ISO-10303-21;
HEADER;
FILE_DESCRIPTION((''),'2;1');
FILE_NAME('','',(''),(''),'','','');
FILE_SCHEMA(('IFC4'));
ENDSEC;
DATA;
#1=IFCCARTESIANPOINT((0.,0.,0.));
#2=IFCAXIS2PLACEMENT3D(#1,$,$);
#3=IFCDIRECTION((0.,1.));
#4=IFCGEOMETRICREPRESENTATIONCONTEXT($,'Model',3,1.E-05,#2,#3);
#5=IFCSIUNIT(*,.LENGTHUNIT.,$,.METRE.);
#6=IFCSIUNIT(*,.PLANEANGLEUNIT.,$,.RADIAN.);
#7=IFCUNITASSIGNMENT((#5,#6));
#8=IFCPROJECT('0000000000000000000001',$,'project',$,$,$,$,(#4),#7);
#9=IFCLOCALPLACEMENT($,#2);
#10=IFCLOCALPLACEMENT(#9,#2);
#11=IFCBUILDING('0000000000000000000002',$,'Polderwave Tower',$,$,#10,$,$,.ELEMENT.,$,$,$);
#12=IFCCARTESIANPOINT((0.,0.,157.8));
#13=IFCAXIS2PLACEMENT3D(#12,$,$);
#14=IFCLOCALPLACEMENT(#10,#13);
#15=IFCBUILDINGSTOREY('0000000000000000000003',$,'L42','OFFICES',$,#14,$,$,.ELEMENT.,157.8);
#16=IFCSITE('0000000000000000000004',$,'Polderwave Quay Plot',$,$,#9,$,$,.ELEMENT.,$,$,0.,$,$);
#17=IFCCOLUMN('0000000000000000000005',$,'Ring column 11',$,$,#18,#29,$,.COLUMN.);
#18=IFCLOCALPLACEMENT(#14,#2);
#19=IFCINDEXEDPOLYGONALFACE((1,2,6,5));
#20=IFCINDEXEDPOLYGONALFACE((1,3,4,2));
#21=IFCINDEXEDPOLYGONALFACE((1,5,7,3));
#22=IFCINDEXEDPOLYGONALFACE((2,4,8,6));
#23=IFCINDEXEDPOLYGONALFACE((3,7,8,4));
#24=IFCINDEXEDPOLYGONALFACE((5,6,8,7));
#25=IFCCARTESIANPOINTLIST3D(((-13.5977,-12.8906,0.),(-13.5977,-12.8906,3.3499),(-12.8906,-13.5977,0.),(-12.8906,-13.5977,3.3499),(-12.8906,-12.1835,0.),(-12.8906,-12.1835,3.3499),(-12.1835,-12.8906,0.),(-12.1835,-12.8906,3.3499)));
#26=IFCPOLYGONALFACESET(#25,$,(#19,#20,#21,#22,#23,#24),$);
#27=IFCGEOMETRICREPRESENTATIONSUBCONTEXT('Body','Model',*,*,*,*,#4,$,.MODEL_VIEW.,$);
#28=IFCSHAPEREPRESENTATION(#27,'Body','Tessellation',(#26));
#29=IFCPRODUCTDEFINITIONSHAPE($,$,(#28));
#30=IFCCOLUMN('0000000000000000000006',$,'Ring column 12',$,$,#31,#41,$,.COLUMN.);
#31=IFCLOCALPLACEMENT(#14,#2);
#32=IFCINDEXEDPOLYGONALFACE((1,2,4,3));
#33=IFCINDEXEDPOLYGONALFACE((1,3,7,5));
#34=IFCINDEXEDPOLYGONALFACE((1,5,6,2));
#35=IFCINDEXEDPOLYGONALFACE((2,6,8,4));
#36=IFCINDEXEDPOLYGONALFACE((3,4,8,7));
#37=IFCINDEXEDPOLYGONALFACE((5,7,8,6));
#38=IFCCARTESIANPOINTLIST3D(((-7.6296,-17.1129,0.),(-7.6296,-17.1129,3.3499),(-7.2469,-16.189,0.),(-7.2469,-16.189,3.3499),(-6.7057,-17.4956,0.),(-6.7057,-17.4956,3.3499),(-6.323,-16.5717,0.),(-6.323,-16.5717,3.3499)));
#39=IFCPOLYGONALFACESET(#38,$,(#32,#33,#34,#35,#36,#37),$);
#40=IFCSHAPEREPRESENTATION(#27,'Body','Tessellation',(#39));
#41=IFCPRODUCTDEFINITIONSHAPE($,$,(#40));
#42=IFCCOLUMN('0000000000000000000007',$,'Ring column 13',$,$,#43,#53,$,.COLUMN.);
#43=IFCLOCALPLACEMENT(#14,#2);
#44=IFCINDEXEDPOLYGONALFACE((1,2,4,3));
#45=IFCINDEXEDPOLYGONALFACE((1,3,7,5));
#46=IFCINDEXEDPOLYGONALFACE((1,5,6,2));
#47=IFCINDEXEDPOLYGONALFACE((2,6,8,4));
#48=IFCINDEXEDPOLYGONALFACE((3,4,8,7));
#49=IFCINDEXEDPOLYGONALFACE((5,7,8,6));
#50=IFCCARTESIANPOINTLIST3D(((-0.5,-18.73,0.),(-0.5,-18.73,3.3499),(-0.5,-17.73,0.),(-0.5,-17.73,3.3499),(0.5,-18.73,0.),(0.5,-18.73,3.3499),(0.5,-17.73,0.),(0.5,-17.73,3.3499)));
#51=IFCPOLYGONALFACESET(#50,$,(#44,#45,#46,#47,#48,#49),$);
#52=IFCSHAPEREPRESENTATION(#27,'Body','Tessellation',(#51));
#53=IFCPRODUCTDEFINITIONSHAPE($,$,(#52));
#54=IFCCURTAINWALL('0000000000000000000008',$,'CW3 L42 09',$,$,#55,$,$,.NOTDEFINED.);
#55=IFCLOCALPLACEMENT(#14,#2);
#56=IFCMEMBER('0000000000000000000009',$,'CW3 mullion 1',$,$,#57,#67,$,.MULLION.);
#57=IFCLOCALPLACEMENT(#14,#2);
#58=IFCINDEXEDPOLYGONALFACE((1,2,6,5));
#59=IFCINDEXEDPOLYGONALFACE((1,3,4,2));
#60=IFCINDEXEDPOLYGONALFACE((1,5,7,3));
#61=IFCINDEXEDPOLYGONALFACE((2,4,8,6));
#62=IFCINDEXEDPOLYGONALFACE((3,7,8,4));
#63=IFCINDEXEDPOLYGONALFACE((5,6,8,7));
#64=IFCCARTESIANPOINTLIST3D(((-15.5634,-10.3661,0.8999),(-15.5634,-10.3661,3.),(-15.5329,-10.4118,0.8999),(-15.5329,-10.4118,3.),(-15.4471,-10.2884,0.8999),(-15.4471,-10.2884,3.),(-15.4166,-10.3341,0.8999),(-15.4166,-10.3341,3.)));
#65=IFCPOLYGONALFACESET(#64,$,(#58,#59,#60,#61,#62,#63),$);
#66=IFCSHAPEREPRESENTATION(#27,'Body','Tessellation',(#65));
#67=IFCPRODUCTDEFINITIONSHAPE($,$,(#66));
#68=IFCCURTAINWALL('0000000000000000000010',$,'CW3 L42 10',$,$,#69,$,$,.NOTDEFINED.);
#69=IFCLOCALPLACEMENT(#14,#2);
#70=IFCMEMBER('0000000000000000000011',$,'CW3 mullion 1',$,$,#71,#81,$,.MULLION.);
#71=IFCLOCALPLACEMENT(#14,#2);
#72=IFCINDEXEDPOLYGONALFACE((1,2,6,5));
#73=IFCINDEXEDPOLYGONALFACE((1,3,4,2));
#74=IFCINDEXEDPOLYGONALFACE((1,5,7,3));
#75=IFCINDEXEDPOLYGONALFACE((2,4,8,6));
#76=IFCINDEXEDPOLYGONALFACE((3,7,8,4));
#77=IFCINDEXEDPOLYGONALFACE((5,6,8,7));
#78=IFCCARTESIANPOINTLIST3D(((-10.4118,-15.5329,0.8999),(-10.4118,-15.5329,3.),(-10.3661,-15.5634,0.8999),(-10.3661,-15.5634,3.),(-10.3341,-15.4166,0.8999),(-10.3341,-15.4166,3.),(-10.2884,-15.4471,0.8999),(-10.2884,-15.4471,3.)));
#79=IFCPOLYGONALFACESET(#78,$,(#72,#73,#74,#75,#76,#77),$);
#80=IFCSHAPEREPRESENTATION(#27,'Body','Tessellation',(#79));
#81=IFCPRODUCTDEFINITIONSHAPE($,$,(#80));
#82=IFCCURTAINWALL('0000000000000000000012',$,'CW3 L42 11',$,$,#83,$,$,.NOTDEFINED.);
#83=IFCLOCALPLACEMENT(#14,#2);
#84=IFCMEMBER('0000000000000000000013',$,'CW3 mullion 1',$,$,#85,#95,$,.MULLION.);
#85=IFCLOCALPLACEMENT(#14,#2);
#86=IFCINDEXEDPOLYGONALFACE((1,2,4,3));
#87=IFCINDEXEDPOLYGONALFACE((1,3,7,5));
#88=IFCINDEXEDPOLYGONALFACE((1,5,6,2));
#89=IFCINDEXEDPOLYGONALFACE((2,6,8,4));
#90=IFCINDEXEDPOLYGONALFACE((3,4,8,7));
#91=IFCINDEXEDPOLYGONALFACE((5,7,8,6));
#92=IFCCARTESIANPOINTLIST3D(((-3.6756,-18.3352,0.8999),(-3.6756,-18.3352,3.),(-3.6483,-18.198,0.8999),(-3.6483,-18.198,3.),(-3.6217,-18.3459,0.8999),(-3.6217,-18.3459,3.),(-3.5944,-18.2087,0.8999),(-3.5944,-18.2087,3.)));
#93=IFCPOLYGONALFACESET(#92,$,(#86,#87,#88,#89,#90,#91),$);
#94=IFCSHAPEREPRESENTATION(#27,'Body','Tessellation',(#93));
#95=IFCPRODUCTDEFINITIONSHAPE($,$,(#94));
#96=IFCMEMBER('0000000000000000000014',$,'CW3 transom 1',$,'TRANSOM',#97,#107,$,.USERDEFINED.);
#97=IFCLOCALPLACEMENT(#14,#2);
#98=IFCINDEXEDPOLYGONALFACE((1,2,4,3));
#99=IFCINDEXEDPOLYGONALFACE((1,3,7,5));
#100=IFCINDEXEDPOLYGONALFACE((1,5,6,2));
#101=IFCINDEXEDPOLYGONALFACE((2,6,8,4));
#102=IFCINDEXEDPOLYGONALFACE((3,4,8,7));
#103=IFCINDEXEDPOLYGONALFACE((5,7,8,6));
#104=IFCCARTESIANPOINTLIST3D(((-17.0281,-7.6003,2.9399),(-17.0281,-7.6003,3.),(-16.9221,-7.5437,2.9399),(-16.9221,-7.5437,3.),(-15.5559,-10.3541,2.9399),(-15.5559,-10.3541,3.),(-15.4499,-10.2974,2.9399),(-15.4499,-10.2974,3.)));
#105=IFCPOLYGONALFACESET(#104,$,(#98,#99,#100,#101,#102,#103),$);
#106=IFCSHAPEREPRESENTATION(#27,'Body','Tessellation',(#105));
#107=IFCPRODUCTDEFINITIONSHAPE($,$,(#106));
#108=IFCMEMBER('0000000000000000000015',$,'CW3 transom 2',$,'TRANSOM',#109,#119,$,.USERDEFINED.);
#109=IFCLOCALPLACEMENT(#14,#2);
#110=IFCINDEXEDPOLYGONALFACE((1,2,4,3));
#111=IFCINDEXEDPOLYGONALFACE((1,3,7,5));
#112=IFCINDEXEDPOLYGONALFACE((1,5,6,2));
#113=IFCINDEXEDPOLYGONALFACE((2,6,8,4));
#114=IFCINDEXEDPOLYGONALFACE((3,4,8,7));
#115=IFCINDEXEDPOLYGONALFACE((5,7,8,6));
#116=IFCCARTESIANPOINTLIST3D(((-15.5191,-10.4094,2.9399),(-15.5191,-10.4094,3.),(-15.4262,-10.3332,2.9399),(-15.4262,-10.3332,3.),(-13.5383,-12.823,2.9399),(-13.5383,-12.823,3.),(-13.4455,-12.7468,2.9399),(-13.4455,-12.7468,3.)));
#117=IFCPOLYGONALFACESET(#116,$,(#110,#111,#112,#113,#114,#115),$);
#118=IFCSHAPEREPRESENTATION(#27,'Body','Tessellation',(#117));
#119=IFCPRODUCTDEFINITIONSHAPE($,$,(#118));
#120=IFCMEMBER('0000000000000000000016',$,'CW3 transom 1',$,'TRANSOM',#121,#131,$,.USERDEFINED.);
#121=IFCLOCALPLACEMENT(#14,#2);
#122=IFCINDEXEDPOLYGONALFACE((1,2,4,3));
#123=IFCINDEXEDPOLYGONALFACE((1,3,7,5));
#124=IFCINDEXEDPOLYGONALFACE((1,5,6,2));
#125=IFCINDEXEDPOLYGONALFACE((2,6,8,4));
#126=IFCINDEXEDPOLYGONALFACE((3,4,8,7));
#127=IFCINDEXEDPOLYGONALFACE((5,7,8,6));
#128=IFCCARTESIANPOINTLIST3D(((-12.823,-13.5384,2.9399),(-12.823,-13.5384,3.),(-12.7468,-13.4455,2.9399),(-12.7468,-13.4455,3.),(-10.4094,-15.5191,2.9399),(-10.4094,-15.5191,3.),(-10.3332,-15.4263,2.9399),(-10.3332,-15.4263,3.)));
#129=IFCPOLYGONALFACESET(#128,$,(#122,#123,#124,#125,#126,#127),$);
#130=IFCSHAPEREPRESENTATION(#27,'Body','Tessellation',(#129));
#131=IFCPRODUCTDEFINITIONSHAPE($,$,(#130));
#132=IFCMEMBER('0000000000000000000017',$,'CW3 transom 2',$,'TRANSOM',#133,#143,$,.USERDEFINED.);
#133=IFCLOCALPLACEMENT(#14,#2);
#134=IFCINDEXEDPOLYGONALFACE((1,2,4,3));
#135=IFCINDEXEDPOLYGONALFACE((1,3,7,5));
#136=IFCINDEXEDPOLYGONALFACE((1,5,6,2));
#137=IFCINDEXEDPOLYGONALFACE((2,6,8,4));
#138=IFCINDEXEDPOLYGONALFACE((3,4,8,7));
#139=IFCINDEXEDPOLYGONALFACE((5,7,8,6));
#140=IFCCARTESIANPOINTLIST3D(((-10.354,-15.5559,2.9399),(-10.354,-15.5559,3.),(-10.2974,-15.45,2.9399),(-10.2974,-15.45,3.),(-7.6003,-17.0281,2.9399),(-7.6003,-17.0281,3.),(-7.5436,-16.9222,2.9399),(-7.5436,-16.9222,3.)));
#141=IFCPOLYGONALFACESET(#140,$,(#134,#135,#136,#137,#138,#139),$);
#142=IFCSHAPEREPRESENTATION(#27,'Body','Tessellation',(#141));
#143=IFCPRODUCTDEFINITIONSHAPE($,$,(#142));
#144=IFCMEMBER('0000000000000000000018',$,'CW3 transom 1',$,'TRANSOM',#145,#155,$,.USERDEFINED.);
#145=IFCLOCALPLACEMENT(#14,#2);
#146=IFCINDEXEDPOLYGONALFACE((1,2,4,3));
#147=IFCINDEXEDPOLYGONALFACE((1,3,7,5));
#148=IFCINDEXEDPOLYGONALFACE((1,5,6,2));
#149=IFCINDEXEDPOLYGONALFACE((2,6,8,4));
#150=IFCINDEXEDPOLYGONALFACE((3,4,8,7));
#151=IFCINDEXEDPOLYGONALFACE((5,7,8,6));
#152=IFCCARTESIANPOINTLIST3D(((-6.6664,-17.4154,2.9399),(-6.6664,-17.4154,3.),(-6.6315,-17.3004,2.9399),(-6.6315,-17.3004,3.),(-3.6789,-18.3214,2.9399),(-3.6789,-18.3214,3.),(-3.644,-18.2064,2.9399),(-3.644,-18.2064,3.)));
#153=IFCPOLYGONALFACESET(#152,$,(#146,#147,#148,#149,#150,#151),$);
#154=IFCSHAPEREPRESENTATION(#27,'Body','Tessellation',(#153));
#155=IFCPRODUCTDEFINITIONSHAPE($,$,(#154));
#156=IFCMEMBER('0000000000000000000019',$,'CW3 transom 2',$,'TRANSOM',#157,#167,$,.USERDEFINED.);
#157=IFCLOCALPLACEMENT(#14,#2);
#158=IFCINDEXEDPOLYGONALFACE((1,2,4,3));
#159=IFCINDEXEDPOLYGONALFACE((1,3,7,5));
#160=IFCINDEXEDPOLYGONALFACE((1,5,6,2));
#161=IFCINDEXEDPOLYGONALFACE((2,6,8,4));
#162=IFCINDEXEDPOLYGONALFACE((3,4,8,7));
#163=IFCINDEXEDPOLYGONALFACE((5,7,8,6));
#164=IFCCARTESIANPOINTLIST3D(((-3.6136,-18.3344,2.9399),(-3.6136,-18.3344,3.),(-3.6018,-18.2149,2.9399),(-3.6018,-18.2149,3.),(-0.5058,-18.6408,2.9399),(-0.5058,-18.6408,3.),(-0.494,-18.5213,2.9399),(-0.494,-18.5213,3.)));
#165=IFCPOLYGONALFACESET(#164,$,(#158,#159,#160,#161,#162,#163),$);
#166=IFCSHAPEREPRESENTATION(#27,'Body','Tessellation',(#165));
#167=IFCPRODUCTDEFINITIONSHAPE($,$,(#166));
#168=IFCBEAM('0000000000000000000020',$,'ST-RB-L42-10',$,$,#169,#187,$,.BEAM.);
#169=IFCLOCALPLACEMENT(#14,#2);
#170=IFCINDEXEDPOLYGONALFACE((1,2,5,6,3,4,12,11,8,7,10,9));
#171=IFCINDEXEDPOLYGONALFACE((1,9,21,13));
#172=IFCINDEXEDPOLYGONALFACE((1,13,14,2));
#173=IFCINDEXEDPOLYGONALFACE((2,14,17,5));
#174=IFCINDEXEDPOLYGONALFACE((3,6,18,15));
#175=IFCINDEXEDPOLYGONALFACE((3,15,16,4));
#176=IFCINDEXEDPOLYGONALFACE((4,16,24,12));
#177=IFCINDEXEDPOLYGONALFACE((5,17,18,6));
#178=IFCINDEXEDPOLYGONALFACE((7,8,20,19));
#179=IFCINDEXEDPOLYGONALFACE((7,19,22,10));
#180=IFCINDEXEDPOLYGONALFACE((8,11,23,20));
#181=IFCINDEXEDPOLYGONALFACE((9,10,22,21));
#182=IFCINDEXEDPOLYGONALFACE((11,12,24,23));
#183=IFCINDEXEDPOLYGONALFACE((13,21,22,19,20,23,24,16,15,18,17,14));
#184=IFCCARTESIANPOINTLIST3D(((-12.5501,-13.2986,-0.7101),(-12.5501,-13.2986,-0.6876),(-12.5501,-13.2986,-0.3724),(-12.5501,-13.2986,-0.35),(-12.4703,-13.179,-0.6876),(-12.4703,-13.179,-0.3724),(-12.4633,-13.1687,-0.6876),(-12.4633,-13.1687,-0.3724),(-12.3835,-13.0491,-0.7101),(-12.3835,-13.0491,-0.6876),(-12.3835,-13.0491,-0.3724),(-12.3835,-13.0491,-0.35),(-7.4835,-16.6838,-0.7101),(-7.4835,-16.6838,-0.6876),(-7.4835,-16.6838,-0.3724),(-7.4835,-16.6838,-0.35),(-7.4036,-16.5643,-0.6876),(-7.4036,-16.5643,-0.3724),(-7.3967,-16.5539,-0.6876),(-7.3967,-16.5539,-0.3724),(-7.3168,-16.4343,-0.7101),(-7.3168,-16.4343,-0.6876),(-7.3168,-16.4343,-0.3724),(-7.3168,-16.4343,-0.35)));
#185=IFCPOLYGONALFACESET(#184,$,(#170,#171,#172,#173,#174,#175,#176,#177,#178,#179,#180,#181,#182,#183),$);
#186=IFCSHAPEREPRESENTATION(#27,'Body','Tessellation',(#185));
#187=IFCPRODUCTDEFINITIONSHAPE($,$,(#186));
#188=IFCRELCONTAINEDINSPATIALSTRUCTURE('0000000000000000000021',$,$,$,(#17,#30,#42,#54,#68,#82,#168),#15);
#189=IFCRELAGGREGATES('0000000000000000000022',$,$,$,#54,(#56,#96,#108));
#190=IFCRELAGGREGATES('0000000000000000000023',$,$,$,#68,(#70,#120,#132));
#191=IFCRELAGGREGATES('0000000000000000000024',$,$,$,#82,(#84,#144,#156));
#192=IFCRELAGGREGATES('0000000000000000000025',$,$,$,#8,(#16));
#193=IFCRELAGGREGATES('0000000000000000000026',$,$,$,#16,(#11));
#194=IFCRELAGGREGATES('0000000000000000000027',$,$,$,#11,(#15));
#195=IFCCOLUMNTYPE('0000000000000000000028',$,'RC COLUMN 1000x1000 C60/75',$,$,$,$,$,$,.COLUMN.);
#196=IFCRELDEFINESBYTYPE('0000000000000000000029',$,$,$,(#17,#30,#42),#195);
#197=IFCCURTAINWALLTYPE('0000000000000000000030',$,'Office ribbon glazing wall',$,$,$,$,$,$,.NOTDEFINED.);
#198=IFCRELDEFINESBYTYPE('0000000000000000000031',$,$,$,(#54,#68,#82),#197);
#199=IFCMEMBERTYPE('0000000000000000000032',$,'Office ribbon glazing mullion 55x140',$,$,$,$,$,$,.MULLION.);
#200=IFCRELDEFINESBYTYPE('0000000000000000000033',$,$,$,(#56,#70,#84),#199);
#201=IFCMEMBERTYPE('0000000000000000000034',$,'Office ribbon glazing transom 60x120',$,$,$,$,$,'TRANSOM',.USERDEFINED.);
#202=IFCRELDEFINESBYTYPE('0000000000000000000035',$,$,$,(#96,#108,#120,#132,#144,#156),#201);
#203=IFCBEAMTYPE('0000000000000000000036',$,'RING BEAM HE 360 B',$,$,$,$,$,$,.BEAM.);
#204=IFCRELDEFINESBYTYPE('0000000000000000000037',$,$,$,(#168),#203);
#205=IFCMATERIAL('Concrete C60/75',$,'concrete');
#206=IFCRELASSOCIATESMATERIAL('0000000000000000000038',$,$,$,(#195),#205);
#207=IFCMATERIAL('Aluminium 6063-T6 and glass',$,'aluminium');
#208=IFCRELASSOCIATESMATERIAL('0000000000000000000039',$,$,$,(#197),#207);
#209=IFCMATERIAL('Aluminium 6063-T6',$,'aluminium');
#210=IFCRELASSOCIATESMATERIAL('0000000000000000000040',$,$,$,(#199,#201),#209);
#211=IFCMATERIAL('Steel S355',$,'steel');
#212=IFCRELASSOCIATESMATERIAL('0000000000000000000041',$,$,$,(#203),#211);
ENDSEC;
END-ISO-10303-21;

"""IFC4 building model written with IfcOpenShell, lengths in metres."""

from ifc_helpers import new_model, si_unit, direction, frame, origin, origin_2d, place, context, subcontext, project, spatial, rectangle, i_section, extrude, material, material_profile, profile_set, type_object, element, aggregate, save


model = new_model("IFC4")

# Units and contexts
model_context = context("Model", 3, precision=1e-05, world=origin(), true_north=direction((0.0, 1.0)))
body_context = subcontext(model_context, "Body", "Model", "MODEL_VIEW")
ifc_project = project(units=[si_unit("LENGTHUNIT", "METRE"), si_unit("PLANEANGLEUNIT", "RADIAN")], contexts=[model_context])

# Site, building, storey
site_placement = place(None, origin())
site = spatial("IfcSite", under=ifc_project, at=site_placement, Name="Polderwave Quay Plot", CompositionType="ELEMENT", RefElevation=0.0)
building_placement = place(site_placement, origin())
building = spatial("IfcBuilding", under=site, at=building_placement, Name="Polderwave Tower", CompositionType="ELEMENT")
storey_placement = place(building_placement, frame((0.0, 0.0, 157.8)))
storey = spatial("IfcBuildingStorey", under=building, at=storey_placement, Name="L42", Description="OFFICES", CompositionType="ELEMENT", Elevation=157.8)

# Columns
ifc_material_1 = material(Name="Concrete C60/75", Category="concrete")
ifc_material_profile_1 = material_profile(ifc_material_1, rectangle(XDim=1.0, YDim=1.0, at=origin_2d()), Name="RC 1000x1000")
ifc_profile_set_1 = profile_set([ifc_material_profile_1], Name="Concrete C60/75")
column_type = type_object("IfcColumnType", Name="RC COLUMN 1000x1000 C60/75", PredefinedType="COLUMN", material=ifc_profile_set_1)
for number, where, z_axis, x_axis, name in (
    (1, (-12.8906, -12.8906, 0.0), (0.0, 0.0, 1.0), (-0.707107, -0.707107, 0.0), "Ring column 11"),
    (2, (-6.9763, -16.8423, 0.0), (0.0, 0.0, 1.0), (-0.382683, -0.92388, 0.0), "Ring column 12"),
    (3, (0.0, -18.23, 0.0), (0.0, 0.0, 1.0), (0.0, -1.0, 0.0), "Ring column 13"),
):
    element("IfcColumn", number, at=place(storey_placement, frame(where, z_axis=z_axis, x_axis=x_axis)), inside=storey, type_object=column_type, Name=name, PredefinedType="COLUMN", context=body_context, shape_type="SweptSolid", body=[
        extrude(rectangle(XDim=1.0, YDim=1.0, at=origin_2d()), origin(), (0.0, 0.0, 1.0), 3.3499),
    ])

# Curtain walls, members
ifc_material_2 = material(Name="Aluminium 6063-T6 and glass", Category="aluminium")
curtain_wall_type = type_object("IfcCurtainWallType", Name="Office ribbon glazing wall", PredefinedType="NOTDEFINED", material=ifc_material_2)
curtain_wall_1_placement = place(storey_placement, origin())
curtain_wall_1 = element("IfcCurtainWall", 4, at=curtain_wall_1_placement, inside=storey, type_object=curtain_wall_type, Name="CW3 L42 09", PredefinedType="NOTDEFINED")
ifc_material_3 = material(Name="Aluminium 6063-T6", Category="aluminium")
ifc_material_profile_2 = material_profile(ifc_material_3, rectangle(XDim=0.1399, YDim=0.0549, at=origin_2d()), Name="AL 55x140")
ifc_profile_set_2 = profile_set([ifc_material_profile_2], Name="Aluminium 6063-T6")
member_type_1 = type_object("IfcMemberType", Name="Office ribbon glazing mullion 55x140", PredefinedType="MULLION", material=ifc_profile_set_2)
member_1_placement = place(storey_placement, frame((-15.49, -10.3501, 0.8999), z_axis=(0.0, 0.0, 1.0), x_axis=(0.831484, 0.555548, 0.0)))
member_1 = element("IfcMember", 5, at=member_1_placement, type_object=member_type_1, Name="CW3 mullion 1", PredefinedType="MULLION", context=body_context, shape_type="SweptSolid", body=[
    extrude(rectangle(XDim=0.1399, YDim=0.0549, at=origin_2d()), origin(), (0.0, 0.0, 1.0), 2.1001),
])
curtain_wall_2_placement = place(storey_placement, origin())
curtain_wall_2 = element("IfcCurtainWall", 6, at=curtain_wall_2_placement, inside=storey, type_object=curtain_wall_type, Name="CW3 L42 10", PredefinedType="NOTDEFINED")
member_2_placement = place(storey_placement, frame((-10.3501, -15.49, 0.8999), z_axis=(0.0, 0.0, 1.0), x_axis=(0.555548, 0.831484, 0.0)))
member_2 = element("IfcMember", 7, at=member_2_placement, type_object=member_type_1, Name="CW3 mullion 1", PredefinedType="MULLION", context=body_context, shape_type="SweptSolid", body=[
    extrude(rectangle(XDim=0.1399, YDim=0.0549, at=origin_2d()), origin(), (0.0, 0.0, 1.0), 2.1001),
])
curtain_wall_3_placement = place(storey_placement, origin())
curtain_wall_3 = element("IfcCurtainWall", 8, at=curtain_wall_3_placement, inside=storey, type_object=curtain_wall_type, Name="CW3 L42 11", PredefinedType="NOTDEFINED")
member_3_placement = place(storey_placement, frame((-3.635, -18.272, 0.8999), z_axis=(0.0, 0.0, 1.0), x_axis=(0.195083, 0.980787, 0.0)))
member_3 = element("IfcMember", 9, at=member_3_placement, type_object=member_type_1, Name="CW3 mullion 1", PredefinedType="MULLION", context=body_context, shape_type="SweptSolid", body=[
    extrude(rectangle(XDim=0.1399, YDim=0.0549, at=origin_2d()), origin(), (0.0, 0.0, 1.0), 2.1001),
])

# Members
ifc_material_profile_3 = material_profile(ifc_material_3, rectangle(XDim=0.1201, YDim=0.0601, at=origin_2d()), Name="AL 60x120")
ifc_profile_set_3 = profile_set([ifc_material_profile_3], Name="Aluminium 6063-T6")
member_type_2 = type_object("IfcMemberType", Name="Office ribbon glazing transom 60x120", ElementType="TRANSOM", PredefinedType="USERDEFINED", material=ifc_profile_set_3)
member_4_placement = place(storey_placement, frame((-16.9751, -7.572, 2.97), z_axis=(0.471473, -0.881881, 0.0), x_axis=(0.881881, 0.471473, 0.0)))
member_4 = element("IfcMember", 10, at=member_4_placement, type_object=member_type_2, Name="CW3 transom 1", ObjectType="TRANSOM", PredefinedType="USERDEFINED", context=body_context, shape_type="SweptSolid", body=[
    extrude(rectangle(XDim=0.1201, YDim=0.0601, at=origin_2d()), origin(), (0.0, 0.0, 1.0), 3.1226),
])
member_5_placement = place(storey_placement, frame((-15.4727, -10.3713, 2.97), z_axis=(0.634383, -0.773019, 0.0), x_axis=(0.773019, 0.634383, 0.0)))
member_5 = element("IfcMember", 11, at=member_5_placement, type_object=member_type_2, Name="CW3 transom 2", ObjectType="TRANSOM", PredefinedType="USERDEFINED", context=body_context, shape_type="SweptSolid", body=[
    extrude(rectangle(XDim=0.1201, YDim=0.0601, at=origin_2d()), origin(), (0.0, 0.0, 1.0), 3.1223),
])
member_6_placement = place(storey_placement, frame((-12.7849, -13.4919, 2.97), z_axis=(0.773019, -0.634383, 0.0), x_axis=(0.634383, 0.773019, 0.0)))
member_6 = element("IfcMember", 12, at=member_6_placement, type_object=member_type_2, Name="CW3 transom 1", ObjectType="TRANSOM", PredefinedType="USERDEFINED", context=body_context, shape_type="SweptSolid", body=[
    extrude(rectangle(XDim=0.1201, YDim=0.0601, at=origin_2d()), origin(), (0.0, 0.0, 1.0), 3.1223),
])
member_7_placement = place(storey_placement, frame((-10.3257, -15.5029, 2.97), z_axis=(0.881881, -0.471473, 0.0), x_axis=(0.471473, 0.881881, 0.0)))
member_7 = element("IfcMember", 13, at=member_7_placement, type_object=member_type_2, Name="CW3 transom 2", ObjectType="TRANSOM", PredefinedType="USERDEFINED", context=body_context, shape_type="SweptSolid", body=[
    extrude(rectangle(XDim=0.1201, YDim=0.0601, at=origin_2d()), origin(), (0.0, 0.0, 1.0), 3.1226),
])
member_8_placement = place(storey_placement, frame((-6.6489, -17.3579, 2.97), z_axis=(0.956963, -0.290209, 0.0), x_axis=(0.290209, 0.956963, 0.0)))
member_8 = element("IfcMember", 14, at=member_8_placement, type_object=member_type_2, Name="CW3 transom 1", ObjectType="TRANSOM", PredefinedType="USERDEFINED", context=body_context, shape_type="SweptSolid", body=[
    extrude(rectangle(XDim=0.1201, YDim=0.0601, at=origin_2d()), origin(), (0.0, 0.0, 1.0), 3.1218),
])
member_9_placement = place(storey_placement, frame((-3.6077, -18.2747, 2.97), z_axis=(0.995175, -0.098118, 0.0), x_axis=(0.098118, 0.995175, 0.0)))
member_9 = element("IfcMember", 15, at=member_9_placement, type_object=member_type_2, Name="CW3 transom 2", ObjectType="TRANSOM", PredefinedType="USERDEFINED", context=body_context, shape_type="SweptSolid", body=[
    extrude(rectangle(XDim=0.1201, YDim=0.0601, at=origin_2d()), origin(), (0.0, 0.0, 1.0), 3.1228),
])

# Beam
ifc_material_4 = material(Name="Steel S355", Category="steel")
ifc_material_profile_4 = material_profile(ifc_material_4, i_section(OverallWidth=0.3, OverallDepth=0.3601, WebThickness=0.0125, FlangeThickness=0.0225, at=origin_2d()), Name="HE 360 B")
ifc_profile_set_4 = profile_set([ifc_material_profile_4], Name="Steel S355")
beam_type = type_object("IfcBeamType", Name="RING BEAM HE 360 B", PredefinedType="BEAM", material=ifc_profile_set_4)
for number, where, z_axis, x_axis, name in (
    (16, (-12.4668, -13.1738, -0.53), (0.831483, -0.555551, 0.0), (0.555551, 0.831483, 0.0), "ST-RB-L42-10"),
):
    element("IfcBeam", number, at=place(storey_placement, frame(where, z_axis=z_axis, x_axis=x_axis)), inside=storey, type_object=beam_type, Name=name, PredefinedType="BEAM", context=body_context, shape_type="SweptSolid", body=[
        extrude(i_section(OverallWidth=0.3, OverallDepth=0.3601, WebThickness=0.0125, FlangeThickness=0.0225, at=origin_2d()), origin(), (0.0, 0.0, 1.0), 6.0935),
    ])

aggregate(curtain_wall_1, [member_1, member_4, member_5])
aggregate(curtain_wall_2, [member_2, member_6, member_7])
aggregate(curtain_wall_3, [member_3, member_8, member_9])

save(model, "model.ifc")
